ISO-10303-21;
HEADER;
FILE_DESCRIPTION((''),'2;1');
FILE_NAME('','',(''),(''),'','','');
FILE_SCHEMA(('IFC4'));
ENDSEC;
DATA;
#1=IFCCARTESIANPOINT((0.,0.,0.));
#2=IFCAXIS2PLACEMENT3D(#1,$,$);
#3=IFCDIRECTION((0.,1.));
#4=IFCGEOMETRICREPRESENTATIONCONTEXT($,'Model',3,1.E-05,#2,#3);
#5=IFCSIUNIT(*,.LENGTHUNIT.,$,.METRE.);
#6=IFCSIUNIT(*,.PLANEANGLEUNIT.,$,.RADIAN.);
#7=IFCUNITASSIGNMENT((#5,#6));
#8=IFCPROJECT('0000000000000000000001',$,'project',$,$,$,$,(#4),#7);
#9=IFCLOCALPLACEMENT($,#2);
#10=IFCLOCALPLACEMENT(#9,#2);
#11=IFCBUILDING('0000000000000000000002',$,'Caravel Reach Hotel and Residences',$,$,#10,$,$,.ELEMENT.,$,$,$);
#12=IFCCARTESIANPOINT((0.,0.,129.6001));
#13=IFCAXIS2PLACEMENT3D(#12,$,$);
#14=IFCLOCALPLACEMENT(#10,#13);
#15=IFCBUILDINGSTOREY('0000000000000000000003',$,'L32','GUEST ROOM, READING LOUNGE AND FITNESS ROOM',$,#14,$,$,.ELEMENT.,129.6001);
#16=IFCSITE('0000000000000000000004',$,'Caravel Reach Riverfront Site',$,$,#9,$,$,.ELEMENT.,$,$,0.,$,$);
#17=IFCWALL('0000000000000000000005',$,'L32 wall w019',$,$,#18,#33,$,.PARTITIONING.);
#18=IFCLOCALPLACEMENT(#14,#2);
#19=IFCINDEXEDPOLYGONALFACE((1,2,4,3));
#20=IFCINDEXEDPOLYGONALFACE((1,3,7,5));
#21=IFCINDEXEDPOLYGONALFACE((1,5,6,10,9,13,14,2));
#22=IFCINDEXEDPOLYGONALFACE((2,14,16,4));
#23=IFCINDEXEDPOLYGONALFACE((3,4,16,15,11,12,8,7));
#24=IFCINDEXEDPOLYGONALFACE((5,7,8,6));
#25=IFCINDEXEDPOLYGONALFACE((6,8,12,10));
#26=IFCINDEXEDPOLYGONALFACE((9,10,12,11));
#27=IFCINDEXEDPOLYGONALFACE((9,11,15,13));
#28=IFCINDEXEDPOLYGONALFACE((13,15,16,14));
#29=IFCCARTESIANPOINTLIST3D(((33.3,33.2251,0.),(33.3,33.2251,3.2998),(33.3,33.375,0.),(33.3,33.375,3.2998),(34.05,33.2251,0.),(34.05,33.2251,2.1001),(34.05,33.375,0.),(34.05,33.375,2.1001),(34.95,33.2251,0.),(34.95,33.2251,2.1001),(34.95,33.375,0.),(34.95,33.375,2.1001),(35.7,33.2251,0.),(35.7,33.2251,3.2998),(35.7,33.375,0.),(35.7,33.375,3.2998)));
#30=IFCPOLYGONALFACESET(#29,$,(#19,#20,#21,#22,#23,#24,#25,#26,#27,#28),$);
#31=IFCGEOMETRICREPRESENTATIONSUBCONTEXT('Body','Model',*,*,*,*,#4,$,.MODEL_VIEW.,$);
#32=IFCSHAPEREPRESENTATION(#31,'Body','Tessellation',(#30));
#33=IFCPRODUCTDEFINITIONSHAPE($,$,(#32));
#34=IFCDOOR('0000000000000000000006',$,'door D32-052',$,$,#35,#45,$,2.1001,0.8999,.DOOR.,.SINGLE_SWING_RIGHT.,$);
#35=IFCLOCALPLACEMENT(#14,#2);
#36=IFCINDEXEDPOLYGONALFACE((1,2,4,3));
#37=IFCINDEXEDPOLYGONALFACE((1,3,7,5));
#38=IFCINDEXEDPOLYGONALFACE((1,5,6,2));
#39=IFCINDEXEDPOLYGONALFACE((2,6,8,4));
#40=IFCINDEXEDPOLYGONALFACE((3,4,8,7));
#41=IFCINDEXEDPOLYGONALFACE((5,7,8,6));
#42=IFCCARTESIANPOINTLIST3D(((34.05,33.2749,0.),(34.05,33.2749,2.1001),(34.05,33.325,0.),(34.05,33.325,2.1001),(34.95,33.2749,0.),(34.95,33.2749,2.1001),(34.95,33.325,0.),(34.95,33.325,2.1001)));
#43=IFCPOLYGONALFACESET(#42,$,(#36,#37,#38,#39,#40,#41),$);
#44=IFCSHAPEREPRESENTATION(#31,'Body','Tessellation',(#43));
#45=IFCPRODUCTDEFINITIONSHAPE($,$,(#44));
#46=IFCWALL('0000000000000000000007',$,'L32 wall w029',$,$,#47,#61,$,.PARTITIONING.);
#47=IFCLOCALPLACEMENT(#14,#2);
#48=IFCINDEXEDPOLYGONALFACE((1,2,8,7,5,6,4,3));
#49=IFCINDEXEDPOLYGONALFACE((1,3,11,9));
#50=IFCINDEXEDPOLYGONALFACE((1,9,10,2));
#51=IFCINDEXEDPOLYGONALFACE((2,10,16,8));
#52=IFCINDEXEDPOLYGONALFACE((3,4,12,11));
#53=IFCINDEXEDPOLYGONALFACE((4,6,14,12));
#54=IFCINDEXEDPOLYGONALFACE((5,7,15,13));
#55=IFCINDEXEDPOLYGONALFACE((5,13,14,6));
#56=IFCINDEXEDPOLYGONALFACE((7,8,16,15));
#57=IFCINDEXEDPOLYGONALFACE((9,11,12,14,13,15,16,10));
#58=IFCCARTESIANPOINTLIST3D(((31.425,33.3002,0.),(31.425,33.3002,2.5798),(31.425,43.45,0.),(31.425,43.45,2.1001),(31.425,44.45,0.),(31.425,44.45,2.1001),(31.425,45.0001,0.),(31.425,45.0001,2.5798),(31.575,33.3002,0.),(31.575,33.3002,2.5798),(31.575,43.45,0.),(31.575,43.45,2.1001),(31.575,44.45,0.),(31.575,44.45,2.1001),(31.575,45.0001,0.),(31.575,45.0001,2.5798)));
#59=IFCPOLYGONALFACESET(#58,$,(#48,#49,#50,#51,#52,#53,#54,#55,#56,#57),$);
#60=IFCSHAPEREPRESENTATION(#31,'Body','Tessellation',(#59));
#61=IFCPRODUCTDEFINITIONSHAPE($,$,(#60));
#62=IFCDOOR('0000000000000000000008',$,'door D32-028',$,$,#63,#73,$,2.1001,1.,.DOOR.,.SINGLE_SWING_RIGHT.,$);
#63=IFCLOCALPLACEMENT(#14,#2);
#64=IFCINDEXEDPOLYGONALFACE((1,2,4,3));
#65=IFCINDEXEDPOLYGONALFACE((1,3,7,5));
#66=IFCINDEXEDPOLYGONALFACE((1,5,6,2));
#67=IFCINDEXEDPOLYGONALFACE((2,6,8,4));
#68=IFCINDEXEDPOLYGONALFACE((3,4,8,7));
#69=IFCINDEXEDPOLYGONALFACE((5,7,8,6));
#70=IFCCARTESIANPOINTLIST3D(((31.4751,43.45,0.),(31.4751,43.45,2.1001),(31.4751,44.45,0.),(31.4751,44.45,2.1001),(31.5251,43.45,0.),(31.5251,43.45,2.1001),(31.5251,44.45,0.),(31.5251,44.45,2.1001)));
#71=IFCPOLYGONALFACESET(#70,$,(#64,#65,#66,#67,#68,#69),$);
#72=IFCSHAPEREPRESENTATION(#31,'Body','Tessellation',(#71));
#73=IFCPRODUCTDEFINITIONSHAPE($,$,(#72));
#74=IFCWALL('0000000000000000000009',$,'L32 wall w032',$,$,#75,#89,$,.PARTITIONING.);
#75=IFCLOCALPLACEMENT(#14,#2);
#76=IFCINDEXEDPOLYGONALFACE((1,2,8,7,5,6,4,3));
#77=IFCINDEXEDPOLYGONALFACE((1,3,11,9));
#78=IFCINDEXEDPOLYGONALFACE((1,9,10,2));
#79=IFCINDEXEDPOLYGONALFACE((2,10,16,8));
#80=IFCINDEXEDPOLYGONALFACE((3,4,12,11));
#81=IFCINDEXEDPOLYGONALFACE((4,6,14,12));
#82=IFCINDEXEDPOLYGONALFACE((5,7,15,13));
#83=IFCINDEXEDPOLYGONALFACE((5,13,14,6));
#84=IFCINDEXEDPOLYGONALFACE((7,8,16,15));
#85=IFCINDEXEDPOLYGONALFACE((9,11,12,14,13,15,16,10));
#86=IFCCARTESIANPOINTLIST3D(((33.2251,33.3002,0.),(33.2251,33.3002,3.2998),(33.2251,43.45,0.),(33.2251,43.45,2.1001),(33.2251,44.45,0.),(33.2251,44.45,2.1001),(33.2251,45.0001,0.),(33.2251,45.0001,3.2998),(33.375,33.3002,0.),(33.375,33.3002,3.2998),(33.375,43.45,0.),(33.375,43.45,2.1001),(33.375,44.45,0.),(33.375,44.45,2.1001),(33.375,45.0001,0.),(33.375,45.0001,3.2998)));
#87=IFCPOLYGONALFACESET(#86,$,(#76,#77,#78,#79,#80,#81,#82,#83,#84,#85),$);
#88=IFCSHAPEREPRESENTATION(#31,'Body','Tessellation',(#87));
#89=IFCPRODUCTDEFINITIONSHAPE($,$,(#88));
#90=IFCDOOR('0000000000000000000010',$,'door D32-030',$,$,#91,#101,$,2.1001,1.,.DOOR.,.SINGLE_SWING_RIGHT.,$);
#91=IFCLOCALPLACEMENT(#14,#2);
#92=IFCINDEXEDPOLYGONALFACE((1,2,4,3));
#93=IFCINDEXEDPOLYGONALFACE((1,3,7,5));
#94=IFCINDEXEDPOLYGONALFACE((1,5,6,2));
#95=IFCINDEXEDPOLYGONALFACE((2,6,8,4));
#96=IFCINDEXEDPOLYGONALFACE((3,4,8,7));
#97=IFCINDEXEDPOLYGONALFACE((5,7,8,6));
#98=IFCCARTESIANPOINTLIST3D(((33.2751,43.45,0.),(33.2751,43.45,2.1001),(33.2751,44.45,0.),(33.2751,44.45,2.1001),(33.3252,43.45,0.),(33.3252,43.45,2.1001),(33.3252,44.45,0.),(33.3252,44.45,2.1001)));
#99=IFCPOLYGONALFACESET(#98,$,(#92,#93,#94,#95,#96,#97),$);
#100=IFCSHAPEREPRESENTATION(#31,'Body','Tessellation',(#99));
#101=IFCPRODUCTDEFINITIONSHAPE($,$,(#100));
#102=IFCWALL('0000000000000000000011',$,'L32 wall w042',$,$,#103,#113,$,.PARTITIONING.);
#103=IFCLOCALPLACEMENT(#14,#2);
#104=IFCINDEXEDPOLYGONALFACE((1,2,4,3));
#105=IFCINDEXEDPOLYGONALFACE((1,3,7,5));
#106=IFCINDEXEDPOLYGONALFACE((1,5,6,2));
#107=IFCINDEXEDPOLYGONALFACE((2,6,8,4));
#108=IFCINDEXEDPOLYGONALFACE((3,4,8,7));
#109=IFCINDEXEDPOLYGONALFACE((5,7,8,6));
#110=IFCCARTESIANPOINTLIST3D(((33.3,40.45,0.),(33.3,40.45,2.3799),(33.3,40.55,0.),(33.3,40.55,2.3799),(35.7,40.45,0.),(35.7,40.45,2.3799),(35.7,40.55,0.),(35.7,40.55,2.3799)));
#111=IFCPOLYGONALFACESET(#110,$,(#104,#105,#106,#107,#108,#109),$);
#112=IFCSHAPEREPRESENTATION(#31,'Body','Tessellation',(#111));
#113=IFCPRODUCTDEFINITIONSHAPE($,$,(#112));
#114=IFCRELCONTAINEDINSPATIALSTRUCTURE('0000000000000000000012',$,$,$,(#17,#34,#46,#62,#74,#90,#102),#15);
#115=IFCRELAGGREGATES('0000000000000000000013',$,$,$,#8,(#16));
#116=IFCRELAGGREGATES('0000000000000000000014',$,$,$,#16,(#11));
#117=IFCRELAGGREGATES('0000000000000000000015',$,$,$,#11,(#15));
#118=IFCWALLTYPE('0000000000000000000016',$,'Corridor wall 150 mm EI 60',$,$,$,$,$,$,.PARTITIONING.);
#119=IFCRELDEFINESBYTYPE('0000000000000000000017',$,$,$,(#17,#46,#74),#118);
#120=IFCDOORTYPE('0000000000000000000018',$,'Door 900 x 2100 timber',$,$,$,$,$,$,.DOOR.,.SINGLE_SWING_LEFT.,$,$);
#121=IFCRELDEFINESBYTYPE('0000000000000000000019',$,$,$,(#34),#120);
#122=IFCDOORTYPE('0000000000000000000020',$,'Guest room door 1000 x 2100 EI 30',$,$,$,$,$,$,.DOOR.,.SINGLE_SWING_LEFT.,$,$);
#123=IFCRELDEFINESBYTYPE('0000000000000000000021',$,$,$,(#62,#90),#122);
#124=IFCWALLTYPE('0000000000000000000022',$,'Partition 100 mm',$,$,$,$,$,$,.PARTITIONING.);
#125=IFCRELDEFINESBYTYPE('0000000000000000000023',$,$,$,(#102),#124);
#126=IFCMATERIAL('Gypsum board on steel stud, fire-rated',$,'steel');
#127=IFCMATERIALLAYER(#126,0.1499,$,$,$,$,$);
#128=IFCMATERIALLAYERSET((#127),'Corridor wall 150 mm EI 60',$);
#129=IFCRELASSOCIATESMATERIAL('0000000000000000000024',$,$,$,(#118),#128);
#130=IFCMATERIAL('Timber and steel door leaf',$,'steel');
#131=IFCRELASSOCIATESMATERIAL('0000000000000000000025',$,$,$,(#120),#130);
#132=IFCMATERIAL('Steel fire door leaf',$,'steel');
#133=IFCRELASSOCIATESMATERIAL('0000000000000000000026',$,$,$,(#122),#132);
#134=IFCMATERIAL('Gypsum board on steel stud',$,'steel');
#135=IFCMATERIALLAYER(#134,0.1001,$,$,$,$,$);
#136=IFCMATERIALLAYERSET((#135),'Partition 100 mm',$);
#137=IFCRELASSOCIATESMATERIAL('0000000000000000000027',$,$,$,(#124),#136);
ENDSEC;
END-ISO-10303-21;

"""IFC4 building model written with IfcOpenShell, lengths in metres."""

from ifc_helpers import new_model, si_unit, direction, frame, frame_2d, origin, place, context, subcontext, project, spatial, rectangle, extrude, material, layer, layer_set, type_object, element, fill, save


model = new_model("IFC4")

# Units and contexts
model_context = context("Model", 3, precision=1e-05, world=origin(), true_north=direction((0.0, 1.0)))
body_context = subcontext(model_context, "Body", "Model", "MODEL_VIEW")
ifc_project = project(units=[si_unit("LENGTHUNIT", "METRE"), si_unit("PLANEANGLEUNIT", "RADIAN")], contexts=[model_context])

# Site, building, storey
site_placement = place(None, origin())
site = spatial("IfcSite", under=ifc_project, at=site_placement, Name="Caravel Reach Riverfront Site", CompositionType="ELEMENT", RefElevation=0.0)
building_placement = place(site_placement, origin())
building = spatial("IfcBuilding", under=site, at=building_placement, Name="Caravel Reach Hotel and Residences", CompositionType="ELEMENT")
storey_placement = place(building_placement, frame((0.0, 0.0, 129.6001)))
storey = spatial("IfcBuildingStorey", under=building, at=storey_placement, Name="L32", Description="GUEST ROOM, READING LOUNGE AND FITNESS ROOM", CompositionType="ELEMENT", Elevation=129.6001)

# Shared definitions
ifc_material_1 = material(Name="Gypsum board on steel stud, fire-rated", Category="steel")
ifc_layer_1 = layer(ifc_material_1, 0.1499)
ifc_layer_set_1 = layer_set([ifc_layer_1], Name="Corridor wall 150 mm EI 60")
wall_type_1 = type_object("IfcWallType", Name="Corridor wall 150 mm EI 60", PredefinedType="PARTITIONING", material=ifc_layer_set_1)
ifc_material_2 = material(Name="Timber and steel door leaf", Category="steel")
door_type_1 = type_object("IfcDoorType", Name="Door 900 x 2100 timber", OperationType="SINGLE_SWING_LEFT", PredefinedType="DOOR", material=ifc_material_2)
ifc_material_3 = material(Name="Steel fire door leaf", Category="steel")
door_type_2 = type_object("IfcDoorType", Name="Guest room door 1000 x 2100 EI 30", OperationType="SINGLE_SWING_LEFT", PredefinedType="DOOR", material=ifc_material_3)

# Walls, openings, doors
wall_1_placement = place(storey_placement, frame((33.3, 33.3, 0.0), z_axis=(0.0, 0.0, 1.0), x_axis=(1.0, 0.0, 0.0)))
wall_1 = element("IfcWall", 1, at=wall_1_placement, inside=storey, type_object=wall_type_1, Name="L32 wall w019", PredefinedType="PARTITIONING", context=body_context, shape_type="SweptSolid", body=[
    extrude(rectangle(XDim=2.3999, YDim=0.1499, at=frame_2d((1.2, 0.0))), origin(), (0.0, 0.0, 1.0), 3.2998),
])
opening_1_placement = place(wall_1_placement, frame((0.75, 0.0, 0.0)))
opening_1 = element("IfcOpeningElement", 2, at=opening_1_placement, cuts=wall_1, PredefinedType="OPENING", context=body_context, shape_type="SweptSolid", body=[
    extrude(rectangle(XDim=0.8999, YDim=2.1001, at=frame_2d((0.45, 1.05))), frame((0.0, 0.085, 0.0), z_axis=(0.0, -1.0, 0.0), x_axis=(1.0, 0.0, 0.0)), (0.0, 0.0, 1.0), 0.1699),
])
door_1_placement = place(opening_1_placement, origin())
door_1 = element("IfcDoor", 3, at=door_1_placement, inside=storey, type_object=door_type_1, Name="door D32-052", OperationType="SINGLE_SWING_RIGHT", OverallHeight=2.1001, OverallWidth=0.8999, PredefinedType="DOOR", context=body_context, shape_type="SweptSolid", body=[
    extrude(rectangle(XDim=0.8999, YDim=2.1001, at=frame_2d((0.45, 1.05))), frame((0.0, 0.0249, 0.0), z_axis=(0.0, -1.0, 0.0), x_axis=(1.0, 0.0, 0.0)), (0.0, 0.0, 1.0), 0.05),
])
fill(opening_1, door_1)
wall_2_placement = place(storey_placement, frame((31.5, 33.3, 0.0), z_axis=(0.0, 0.0, 1.0), x_axis=(0.0, 1.0, 0.0)))
wall_2 = element("IfcWall", 4, at=wall_2_placement, inside=storey, type_object=wall_type_1, Name="L32 wall w029", PredefinedType="PARTITIONING", context=body_context, shape_type="SweptSolid", body=[
    extrude(rectangle(XDim=11.7, YDim=0.1499, at=frame_2d((5.8501, 0.0))), origin(), (0.0, 0.0, 1.0), 2.5798),
])
opening_2_placement = place(wall_2_placement, frame((10.1499, 0.0, 0.0)))
opening_2 = element("IfcOpeningElement", 5, at=opening_2_placement, cuts=wall_2, PredefinedType="OPENING", context=body_context, shape_type="SweptSolid", body=[
    extrude(rectangle(XDim=1.0, YDim=2.1001, at=frame_2d((0.5, 1.05))), frame((0.0, 0.085, 0.0), z_axis=(0.0, -1.0, 0.0), x_axis=(1.0, 0.0, 0.0)), (0.0, 0.0, 1.0), 0.1699),
])
door_2_placement = place(opening_2_placement, origin())
door_2 = element("IfcDoor", 6, at=door_2_placement, inside=storey, type_object=door_type_2, Name="door D32-028", OperationType="SINGLE_SWING_RIGHT", OverallHeight=2.1001, OverallWidth=1.0, PredefinedType="DOOR", context=body_context, shape_type="SweptSolid", body=[
    extrude(rectangle(XDim=1.0, YDim=2.1001, at=frame_2d((0.5, 1.05))), frame((0.0, 0.0249, 0.0), z_axis=(0.0, -1.0, 0.0), x_axis=(1.0, 0.0, 0.0)), (0.0, 0.0, 1.0), 0.05),
])
fill(opening_2, door_2)
wall_3_placement = place(storey_placement, frame((33.3, 33.3, 0.0), z_axis=(0.0, 0.0, 1.0), x_axis=(0.0, 1.0, 0.0)))
wall_3 = element("IfcWall", 7, at=wall_3_placement, inside=storey, type_object=wall_type_1, Name="L32 wall w032", PredefinedType="PARTITIONING", context=body_context, shape_type="SweptSolid", body=[
    extrude(rectangle(XDim=11.7, YDim=0.1499, at=frame_2d((5.8501, 0.0))), origin(), (0.0, 0.0, 1.0), 3.2998),
])
opening_3_placement = place(wall_3_placement, frame((10.1499, 0.0, 0.0)))
opening_3 = element("IfcOpeningElement", 8, at=opening_3_placement, cuts=wall_3, PredefinedType="OPENING", context=body_context, shape_type="SweptSolid", body=[
    extrude(rectangle(XDim=1.0, YDim=2.1001, at=frame_2d((0.5, 1.05))), frame((0.0, 0.085, 0.0), z_axis=(0.0, -1.0, 0.0), x_axis=(1.0, 0.0, 0.0)), (0.0, 0.0, 1.0), 0.1699),
])
door_3_placement = place(opening_3_placement, origin())
door_3 = element("IfcDoor", 9, at=door_3_placement, inside=storey, type_object=door_type_2, Name="door D32-030", OperationType="SINGLE_SWING_RIGHT", OverallHeight=2.1001, OverallWidth=1.0, PredefinedType="DOOR", context=body_context, shape_type="SweptSolid", body=[
    extrude(rectangle(XDim=1.0, YDim=2.1001, at=frame_2d((0.5, 1.05))), frame((0.0, 0.0249, 0.0), z_axis=(0.0, -1.0, 0.0), x_axis=(1.0, 0.0, 0.0)), (0.0, 0.0, 1.0), 0.05),
])
fill(opening_3, door_3)

# Wall
ifc_material_4 = material(Name="Gypsum board on steel stud", Category="steel")
ifc_layer_2 = layer(ifc_material_4, 0.1001)
ifc_layer_set_2 = layer_set([ifc_layer_2], Name="Partition 100 mm")
wall_type_2 = type_object("IfcWallType", Name="Partition 100 mm", PredefinedType="PARTITIONING", material=ifc_layer_set_2)
wall_4_placement = place(storey_placement, frame((33.3, 40.5, 0.0), z_axis=(0.0, 0.0, 1.0), x_axis=(1.0, 0.0, 0.0)))
element("IfcWall", 10, at=wall_4_placement, inside=storey, type_object=wall_type_2, Name="L32 wall w042", PredefinedType="PARTITIONING", context=body_context, shape_type="SweptSolid", body=[
    extrude(rectangle(XDim=2.3999, YDim=0.1001, at=frame_2d((1.2, 0.0))), origin(), (0.0, 0.0, 1.0), 2.3799),
])

save(model, "model.ifc")
